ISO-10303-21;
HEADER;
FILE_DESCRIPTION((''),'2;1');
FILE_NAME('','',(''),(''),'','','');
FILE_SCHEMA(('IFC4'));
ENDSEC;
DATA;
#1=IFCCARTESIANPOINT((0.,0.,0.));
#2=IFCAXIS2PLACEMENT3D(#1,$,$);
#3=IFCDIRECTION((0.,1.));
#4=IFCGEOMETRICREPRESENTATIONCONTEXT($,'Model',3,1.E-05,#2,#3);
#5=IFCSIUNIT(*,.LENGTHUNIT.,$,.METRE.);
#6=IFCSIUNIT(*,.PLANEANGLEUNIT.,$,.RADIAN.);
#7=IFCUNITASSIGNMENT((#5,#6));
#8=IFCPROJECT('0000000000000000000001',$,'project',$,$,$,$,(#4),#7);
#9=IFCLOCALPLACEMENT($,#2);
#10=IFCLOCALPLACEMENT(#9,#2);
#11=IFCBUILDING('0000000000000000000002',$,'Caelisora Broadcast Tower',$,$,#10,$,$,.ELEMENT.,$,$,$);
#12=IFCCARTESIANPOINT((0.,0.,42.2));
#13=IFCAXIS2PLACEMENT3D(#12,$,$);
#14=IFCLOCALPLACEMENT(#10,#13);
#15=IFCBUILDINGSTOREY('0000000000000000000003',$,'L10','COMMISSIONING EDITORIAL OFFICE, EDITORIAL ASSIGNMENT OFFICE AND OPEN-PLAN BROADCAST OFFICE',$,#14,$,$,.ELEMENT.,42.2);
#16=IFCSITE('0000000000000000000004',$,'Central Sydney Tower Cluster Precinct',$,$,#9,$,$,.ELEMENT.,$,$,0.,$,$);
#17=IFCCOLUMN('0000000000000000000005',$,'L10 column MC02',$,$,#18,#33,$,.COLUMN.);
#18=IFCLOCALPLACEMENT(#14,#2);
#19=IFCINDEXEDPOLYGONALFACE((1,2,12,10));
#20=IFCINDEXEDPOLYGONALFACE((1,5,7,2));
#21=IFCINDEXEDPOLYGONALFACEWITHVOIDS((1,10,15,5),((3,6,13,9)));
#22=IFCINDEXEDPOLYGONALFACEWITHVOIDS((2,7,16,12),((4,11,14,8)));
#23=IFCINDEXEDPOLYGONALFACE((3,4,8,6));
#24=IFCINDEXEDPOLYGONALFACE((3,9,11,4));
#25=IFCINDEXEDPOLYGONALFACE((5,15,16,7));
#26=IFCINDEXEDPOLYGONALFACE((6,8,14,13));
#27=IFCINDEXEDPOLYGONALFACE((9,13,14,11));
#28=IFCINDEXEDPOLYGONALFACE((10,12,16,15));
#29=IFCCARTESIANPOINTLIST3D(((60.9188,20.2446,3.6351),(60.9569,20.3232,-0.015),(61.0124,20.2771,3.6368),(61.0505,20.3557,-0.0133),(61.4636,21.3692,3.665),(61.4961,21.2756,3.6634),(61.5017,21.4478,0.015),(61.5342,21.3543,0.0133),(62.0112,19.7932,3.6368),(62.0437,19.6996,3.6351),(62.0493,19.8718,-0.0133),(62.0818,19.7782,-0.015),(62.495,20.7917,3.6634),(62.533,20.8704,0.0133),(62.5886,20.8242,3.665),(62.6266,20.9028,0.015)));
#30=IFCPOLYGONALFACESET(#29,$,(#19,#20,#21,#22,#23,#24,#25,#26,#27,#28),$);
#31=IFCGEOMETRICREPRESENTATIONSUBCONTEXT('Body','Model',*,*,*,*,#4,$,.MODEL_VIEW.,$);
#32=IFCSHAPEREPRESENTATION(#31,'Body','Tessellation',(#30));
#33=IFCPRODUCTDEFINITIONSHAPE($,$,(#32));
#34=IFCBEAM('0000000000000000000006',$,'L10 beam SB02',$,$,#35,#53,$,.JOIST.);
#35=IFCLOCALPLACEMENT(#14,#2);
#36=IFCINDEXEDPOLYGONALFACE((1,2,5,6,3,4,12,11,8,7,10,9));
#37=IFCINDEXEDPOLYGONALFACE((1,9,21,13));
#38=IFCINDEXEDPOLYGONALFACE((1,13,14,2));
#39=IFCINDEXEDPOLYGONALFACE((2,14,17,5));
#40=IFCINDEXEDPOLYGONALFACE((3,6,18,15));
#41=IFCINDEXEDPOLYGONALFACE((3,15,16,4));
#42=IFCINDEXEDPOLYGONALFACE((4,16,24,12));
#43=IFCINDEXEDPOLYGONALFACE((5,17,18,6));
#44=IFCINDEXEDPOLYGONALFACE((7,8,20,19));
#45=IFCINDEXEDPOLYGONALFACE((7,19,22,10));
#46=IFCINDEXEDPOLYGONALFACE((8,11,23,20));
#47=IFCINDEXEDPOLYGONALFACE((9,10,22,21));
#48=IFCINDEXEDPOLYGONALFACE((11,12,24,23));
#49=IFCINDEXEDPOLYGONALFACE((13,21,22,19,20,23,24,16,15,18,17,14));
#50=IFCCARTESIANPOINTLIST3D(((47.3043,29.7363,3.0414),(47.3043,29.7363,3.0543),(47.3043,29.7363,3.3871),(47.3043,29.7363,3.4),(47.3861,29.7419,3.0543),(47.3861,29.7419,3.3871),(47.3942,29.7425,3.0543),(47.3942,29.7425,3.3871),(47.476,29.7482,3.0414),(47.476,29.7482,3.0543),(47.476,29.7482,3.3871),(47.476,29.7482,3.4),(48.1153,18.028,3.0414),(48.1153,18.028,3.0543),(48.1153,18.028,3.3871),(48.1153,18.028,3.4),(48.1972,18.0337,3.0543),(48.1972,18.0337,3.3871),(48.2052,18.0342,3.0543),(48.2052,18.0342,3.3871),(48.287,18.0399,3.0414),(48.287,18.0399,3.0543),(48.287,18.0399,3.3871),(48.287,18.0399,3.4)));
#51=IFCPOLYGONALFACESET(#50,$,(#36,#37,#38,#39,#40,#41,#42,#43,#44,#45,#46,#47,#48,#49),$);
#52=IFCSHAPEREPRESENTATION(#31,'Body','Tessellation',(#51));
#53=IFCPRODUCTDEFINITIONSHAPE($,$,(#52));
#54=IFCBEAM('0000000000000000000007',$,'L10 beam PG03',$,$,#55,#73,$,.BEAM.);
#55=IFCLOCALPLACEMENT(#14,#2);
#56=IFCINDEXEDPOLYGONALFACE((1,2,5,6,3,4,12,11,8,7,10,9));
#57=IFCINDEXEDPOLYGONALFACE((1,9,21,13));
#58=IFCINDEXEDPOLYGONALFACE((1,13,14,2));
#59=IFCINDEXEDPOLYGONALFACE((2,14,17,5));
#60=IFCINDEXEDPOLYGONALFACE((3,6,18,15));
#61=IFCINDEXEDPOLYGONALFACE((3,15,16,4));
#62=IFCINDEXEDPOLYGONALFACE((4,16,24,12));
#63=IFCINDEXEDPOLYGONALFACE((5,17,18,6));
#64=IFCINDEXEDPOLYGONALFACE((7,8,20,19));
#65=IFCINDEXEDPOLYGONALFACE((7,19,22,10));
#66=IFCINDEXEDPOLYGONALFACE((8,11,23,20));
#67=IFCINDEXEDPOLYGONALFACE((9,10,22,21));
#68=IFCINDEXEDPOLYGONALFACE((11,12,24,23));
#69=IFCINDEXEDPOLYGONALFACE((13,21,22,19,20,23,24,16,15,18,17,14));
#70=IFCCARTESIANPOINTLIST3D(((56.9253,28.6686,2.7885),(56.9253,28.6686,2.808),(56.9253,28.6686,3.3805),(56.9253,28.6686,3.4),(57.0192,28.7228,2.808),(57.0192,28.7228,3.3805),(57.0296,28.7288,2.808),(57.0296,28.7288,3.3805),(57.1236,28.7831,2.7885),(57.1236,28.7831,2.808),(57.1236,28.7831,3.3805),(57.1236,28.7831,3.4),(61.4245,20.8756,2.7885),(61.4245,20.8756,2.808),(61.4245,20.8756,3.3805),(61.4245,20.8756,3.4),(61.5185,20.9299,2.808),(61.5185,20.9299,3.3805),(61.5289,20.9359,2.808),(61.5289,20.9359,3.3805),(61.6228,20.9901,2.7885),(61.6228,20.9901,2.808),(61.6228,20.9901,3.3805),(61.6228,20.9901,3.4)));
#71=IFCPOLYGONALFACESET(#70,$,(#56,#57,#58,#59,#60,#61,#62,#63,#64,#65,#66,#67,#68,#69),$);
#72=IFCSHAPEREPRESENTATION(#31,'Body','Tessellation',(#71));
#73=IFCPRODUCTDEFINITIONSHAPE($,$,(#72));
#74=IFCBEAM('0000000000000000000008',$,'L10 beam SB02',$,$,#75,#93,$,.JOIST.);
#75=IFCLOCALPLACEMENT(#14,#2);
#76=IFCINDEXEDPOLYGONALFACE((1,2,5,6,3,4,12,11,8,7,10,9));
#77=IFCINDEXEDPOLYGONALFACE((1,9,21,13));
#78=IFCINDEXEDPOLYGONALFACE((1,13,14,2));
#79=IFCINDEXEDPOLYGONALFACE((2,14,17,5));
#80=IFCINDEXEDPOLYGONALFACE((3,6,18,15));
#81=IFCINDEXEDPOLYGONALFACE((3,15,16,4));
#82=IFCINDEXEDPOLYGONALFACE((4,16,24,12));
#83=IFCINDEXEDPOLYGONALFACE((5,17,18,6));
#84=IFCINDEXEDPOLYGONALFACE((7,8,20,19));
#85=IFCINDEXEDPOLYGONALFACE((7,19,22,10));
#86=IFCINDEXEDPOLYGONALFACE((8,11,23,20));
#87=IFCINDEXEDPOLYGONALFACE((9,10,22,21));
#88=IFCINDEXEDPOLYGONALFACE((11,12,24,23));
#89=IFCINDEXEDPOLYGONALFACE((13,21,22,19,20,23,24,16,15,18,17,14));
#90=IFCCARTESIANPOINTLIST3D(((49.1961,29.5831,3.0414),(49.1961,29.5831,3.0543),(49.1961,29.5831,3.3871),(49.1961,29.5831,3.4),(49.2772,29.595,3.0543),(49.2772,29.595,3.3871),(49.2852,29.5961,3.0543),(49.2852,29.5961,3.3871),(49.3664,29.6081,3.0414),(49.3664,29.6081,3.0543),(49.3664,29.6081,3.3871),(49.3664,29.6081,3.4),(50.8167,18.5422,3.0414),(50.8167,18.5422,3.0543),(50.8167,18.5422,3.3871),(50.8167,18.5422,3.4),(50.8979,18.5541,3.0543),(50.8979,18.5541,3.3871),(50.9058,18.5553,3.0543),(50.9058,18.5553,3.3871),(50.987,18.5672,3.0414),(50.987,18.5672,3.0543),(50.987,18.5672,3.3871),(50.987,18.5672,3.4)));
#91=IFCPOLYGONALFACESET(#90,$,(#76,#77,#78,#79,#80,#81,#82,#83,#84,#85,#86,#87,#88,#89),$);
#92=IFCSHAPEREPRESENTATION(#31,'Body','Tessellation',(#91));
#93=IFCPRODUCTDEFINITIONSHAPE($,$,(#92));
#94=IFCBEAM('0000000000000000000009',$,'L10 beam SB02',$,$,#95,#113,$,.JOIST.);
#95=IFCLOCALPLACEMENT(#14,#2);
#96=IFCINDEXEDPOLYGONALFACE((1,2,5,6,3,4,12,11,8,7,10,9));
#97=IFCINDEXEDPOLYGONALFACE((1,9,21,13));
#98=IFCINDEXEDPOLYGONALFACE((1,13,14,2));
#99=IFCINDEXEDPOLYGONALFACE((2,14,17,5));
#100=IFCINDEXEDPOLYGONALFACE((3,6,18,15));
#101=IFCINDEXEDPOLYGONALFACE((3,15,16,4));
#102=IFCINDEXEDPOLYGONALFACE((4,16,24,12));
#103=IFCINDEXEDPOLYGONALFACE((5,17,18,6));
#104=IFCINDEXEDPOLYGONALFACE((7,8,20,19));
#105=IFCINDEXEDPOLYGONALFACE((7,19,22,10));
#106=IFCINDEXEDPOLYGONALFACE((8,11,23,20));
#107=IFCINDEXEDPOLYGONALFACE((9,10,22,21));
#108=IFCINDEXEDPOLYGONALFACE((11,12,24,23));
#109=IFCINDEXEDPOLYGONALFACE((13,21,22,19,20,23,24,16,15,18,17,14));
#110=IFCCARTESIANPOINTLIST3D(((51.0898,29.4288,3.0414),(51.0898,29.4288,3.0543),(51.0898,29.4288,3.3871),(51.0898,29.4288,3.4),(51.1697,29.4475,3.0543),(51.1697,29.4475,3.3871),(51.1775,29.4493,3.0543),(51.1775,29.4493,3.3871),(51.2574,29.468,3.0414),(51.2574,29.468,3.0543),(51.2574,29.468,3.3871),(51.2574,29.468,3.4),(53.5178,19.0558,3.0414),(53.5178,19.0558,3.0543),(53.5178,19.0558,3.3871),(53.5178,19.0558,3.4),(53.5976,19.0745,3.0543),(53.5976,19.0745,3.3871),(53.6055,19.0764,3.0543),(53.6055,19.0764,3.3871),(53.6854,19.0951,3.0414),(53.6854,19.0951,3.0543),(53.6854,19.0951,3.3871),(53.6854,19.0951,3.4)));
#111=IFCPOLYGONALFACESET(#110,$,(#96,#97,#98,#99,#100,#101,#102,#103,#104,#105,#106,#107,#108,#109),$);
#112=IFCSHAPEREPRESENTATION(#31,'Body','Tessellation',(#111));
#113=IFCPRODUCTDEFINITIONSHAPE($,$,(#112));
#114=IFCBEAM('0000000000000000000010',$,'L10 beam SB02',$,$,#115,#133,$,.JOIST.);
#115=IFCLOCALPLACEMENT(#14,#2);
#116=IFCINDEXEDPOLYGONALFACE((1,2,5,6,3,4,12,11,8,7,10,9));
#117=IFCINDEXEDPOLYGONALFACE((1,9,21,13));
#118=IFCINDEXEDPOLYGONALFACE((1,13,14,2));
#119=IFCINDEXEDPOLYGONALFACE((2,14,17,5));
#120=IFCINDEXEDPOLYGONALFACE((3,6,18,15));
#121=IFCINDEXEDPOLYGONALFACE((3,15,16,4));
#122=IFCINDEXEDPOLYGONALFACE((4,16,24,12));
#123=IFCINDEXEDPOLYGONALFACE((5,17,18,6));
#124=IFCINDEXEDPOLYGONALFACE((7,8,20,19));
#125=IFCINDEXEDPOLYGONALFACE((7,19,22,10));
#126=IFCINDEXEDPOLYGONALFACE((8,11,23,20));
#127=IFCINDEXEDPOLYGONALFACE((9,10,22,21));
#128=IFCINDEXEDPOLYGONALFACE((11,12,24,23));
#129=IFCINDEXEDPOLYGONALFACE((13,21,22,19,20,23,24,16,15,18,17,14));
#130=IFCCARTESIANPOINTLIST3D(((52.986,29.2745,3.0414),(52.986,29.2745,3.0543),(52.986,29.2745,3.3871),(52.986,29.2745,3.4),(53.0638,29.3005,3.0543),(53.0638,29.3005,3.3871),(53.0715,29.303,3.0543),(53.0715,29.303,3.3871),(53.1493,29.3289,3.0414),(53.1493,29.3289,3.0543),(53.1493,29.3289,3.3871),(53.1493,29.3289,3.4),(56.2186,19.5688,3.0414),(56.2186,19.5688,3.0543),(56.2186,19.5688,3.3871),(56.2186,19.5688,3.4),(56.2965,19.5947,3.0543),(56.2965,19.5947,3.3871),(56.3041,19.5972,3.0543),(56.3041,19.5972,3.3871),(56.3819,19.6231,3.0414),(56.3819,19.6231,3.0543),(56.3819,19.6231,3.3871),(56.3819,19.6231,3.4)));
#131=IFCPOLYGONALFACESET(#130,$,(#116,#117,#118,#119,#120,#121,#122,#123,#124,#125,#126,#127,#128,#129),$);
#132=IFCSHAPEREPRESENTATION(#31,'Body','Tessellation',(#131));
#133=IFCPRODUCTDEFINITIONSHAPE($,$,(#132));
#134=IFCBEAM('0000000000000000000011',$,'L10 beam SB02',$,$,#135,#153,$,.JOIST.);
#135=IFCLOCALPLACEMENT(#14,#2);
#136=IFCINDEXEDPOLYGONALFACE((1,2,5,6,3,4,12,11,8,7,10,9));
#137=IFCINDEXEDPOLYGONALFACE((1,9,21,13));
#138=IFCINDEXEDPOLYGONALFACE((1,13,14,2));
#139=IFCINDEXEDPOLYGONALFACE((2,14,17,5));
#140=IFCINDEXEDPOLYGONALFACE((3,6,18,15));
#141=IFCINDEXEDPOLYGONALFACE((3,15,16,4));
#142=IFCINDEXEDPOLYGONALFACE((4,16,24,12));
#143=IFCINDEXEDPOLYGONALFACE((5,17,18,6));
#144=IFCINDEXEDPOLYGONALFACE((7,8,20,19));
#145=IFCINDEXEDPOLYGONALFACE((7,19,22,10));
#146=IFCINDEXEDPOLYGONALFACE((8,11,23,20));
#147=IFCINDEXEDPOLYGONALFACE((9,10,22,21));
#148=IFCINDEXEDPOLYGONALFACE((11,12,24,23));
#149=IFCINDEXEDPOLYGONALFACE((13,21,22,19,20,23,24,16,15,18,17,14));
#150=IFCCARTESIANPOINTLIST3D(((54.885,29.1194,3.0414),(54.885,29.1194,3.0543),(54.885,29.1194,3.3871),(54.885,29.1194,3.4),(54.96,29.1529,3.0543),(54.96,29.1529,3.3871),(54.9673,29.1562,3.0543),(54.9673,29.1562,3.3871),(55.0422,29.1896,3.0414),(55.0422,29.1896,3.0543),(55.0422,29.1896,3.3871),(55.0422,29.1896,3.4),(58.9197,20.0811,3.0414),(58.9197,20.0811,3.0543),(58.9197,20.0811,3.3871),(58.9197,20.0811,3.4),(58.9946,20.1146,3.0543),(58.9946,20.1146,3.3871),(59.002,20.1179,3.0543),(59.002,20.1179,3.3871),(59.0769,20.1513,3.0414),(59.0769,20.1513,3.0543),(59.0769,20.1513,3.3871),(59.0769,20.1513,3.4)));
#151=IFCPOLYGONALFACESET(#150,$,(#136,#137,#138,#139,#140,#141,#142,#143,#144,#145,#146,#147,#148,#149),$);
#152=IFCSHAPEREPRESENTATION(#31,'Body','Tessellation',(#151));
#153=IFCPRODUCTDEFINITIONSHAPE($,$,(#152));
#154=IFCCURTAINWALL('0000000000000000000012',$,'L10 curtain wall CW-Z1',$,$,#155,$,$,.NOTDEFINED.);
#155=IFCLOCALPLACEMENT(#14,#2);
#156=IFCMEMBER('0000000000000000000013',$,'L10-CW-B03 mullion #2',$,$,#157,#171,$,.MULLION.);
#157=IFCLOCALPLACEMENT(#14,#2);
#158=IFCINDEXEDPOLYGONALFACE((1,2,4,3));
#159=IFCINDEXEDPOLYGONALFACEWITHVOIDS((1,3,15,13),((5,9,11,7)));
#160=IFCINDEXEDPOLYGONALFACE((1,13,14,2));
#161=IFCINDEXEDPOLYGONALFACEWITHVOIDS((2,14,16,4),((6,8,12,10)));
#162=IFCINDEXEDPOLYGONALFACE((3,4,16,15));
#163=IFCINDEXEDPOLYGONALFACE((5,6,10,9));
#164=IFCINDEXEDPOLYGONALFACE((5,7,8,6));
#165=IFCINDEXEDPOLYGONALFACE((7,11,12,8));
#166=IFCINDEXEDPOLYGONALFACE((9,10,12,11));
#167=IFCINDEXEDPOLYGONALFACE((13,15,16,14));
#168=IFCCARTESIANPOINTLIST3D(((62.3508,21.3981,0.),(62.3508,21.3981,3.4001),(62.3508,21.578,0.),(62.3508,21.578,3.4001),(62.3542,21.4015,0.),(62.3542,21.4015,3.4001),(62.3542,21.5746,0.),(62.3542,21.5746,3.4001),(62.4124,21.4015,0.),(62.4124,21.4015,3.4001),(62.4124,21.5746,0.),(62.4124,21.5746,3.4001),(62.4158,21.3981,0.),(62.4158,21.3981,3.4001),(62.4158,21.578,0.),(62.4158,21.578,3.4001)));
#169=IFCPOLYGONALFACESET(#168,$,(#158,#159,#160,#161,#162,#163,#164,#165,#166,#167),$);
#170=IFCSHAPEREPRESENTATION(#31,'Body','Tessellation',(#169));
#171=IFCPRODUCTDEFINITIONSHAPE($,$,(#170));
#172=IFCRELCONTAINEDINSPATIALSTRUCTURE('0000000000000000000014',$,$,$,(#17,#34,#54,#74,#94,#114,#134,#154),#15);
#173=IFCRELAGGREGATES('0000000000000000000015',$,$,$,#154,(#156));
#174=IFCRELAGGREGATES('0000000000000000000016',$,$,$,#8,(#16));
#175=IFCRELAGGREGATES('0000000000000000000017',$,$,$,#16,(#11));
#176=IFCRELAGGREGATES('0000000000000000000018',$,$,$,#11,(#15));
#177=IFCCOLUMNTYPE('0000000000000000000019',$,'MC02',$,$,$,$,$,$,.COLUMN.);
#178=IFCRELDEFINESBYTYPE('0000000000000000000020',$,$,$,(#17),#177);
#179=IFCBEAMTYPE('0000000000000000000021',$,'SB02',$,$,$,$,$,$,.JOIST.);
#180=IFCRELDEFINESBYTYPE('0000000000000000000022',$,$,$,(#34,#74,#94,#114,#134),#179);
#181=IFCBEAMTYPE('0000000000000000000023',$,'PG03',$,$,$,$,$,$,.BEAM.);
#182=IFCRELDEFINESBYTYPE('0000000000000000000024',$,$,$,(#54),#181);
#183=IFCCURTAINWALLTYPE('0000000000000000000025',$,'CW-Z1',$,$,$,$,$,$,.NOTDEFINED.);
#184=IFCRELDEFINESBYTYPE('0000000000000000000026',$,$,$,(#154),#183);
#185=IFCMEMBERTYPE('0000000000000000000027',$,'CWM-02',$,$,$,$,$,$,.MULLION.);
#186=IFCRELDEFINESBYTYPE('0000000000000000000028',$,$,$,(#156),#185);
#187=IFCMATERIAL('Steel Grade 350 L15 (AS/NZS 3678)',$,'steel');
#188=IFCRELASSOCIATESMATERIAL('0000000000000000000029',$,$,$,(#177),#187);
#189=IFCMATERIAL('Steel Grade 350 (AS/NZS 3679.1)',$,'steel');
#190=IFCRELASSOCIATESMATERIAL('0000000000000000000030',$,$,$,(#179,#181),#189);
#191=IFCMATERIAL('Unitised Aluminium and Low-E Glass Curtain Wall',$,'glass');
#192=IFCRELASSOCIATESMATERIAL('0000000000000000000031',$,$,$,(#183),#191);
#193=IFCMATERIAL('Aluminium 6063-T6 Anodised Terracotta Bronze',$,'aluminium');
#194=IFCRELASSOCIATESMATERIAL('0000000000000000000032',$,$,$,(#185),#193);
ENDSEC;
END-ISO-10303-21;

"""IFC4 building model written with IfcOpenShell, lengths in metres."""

from ifc_helpers import new_model, si_unit, direction, frame, origin, origin_2d, place, context, subcontext, project, spatial, hollow_rectangle, i_section, extrude, source, transform, mapped, material, material_profile, profile_set, type_object, type_shapes, element, aggregate, save


model = new_model("IFC4")

# Units and contexts
model_context = context("Model", 3, precision=1e-05, world=origin(), true_north=direction((0.0, 1.0)))
body_context = subcontext(model_context, "Body", "Model", "MODEL_VIEW")
ifc_project = project(units=[si_unit("LENGTHUNIT", "METRE"), si_unit("PLANEANGLEUNIT", "RADIAN")], contexts=[model_context])

# Site, building, storey
site_placement = place(None, origin())
site = spatial("IfcSite", under=ifc_project, at=site_placement, Name="Central Sydney Tower Cluster Precinct", CompositionType="ELEMENT", RefElevation=0.0)
building_placement = place(site_placement, origin())
building = spatial("IfcBuilding", under=site, at=building_placement, Name="Caelisora Broadcast Tower", CompositionType="ELEMENT")
storey_placement = place(building_placement, frame((0.0, 0.0, 42.2)))
storey = spatial("IfcBuildingStorey", under=building, at=storey_placement, Name="L10", Description="COMMISSIONING EDITORIAL OFFICE, EDITORIAL ASSIGNMENT OFFICE AND OPEN-PLAN BROADCAST OFFICE", CompositionType="ELEMENT", Elevation=42.2)

# Column
ifc_material_1 = material(Name="Steel Grade 350 L15 (AS/NZS 3678)", Category="steel")
ifc_material_profile_1 = material_profile(ifc_material_1, hollow_rectangle(XDim=1.25, YDim=1.25, WallThickness=0.0701, at=origin_2d()), Name="Steel Grade 350 L15 (AS/NZS 3678)")
ifc_profile_set_1 = profile_set([ifc_material_profile_1], Name="Steel Grade 350 L15 (AS/NZS 3678)")
column_type = type_object("IfcColumnType", Name="MC02", PredefinedType="COLUMN", material=ifc_profile_set_1)
shared_shape_1 = source(origin(), body_context, "Body", "SweptSolid", [
    extrude(hollow_rectangle(XDim=1.25, YDim=1.25, WallThickness=0.0701, at=origin_2d()), origin(), (0.0, 0.0, 1.0), 3.6511),
])
type_shapes(column_type, [shared_shape_1])
column_placement = place(storey_placement, frame((61.7917, 20.613, 0.0), z_axis=(-0.010431, -0.021531, 0.999714), x_axis=(0.899947, -0.435999, 0.0)))
element("IfcColumn", 1, at=column_placement, inside=storey, type_object=column_type, Name="L10 column MC02", PredefinedType="COLUMN", context=body_context, shape_type="MappedRepresentation", body=[
    mapped(shared_shape_1, transform((0.0, 0.0, 0.0), scale=1.0)),
])

# Beams
ifc_material_2 = material(Name="Steel Grade 350 (AS/NZS 3679.1)", Category="steel")
ifc_material_profile_2 = material_profile(ifc_material_2, i_section(OverallWidth=0.1721, OverallDepth=0.3586, WebThickness=0.0081, FlangeThickness=0.0129, at=origin_2d()), Name="Steel Grade 350 (AS/NZS 3679.1)")
ifc_profile_set_2 = profile_set([ifc_material_profile_2], Name="Steel Grade 350 (AS/NZS 3679.1)")
beam_type_1 = type_object("IfcBeamType", Name="SB02", PredefinedType="JOIST", material=ifc_profile_set_2)
shared_shape_2 = source(origin(), body_context, "Body", "SweptSolid", [
    extrude(i_section(OverallWidth=0.1721, OverallDepth=0.3586, WebThickness=0.0081, FlangeThickness=0.0129, at=origin_2d()), origin(), (0.0, 0.0, 1.0), 11.7363),
])
beam_1_placement = place(storey_placement, frame((48.2012, 18.0339, 3.2207), z_axis=(-0.069105, 0.997609, 0.0), x_axis=(-0.997609, -0.069105, 0.0)))
element("IfcBeam", 2, at=beam_1_placement, inside=storey, type_object=beam_type_1, Name="L10 beam SB02", PredefinedType="JOIST", context=body_context, shape_type="MappedRepresentation", body=[
    mapped(shared_shape_2, transform((0.0, 0.0, 0.0), scale=1.0)),
])
ifc_material_profile_3 = material_profile(ifc_material_2, i_section(OverallWidth=0.229, OverallDepth=0.6116, WebThickness=0.012, FlangeThickness=0.0195, at=origin_2d()), Name="Steel Grade 350 (AS/NZS 3679.1)")
ifc_profile_set_3 = profile_set([ifc_material_profile_3], Name="Steel Grade 350 (AS/NZS 3679.1)")
beam_type_2 = type_object("IfcBeamType", Name="PG03", PredefinedType="BEAM", material=ifc_profile_set_3)
shared_shape_3 = source(origin(), body_context, "Body", "SweptSolid", [
    extrude(i_section(OverallWidth=0.229, OverallDepth=0.6116, WebThickness=0.012, FlangeThickness=0.0195, at=origin_2d()), origin(), (0.0, 0.0, 1.0), 8.9985),
])
type_shapes(beam_type_2, [shared_shape_3])
beam_2_placement = place(storey_placement, frame((61.5237, 20.9329, 3.0942), z_axis=(-0.5, 0.866026, 0.0), x_axis=(-0.866026, -0.5, 0.0)))
element("IfcBeam", 3, at=beam_2_placement, inside=storey, type_object=beam_type_2, Name="L10 beam PG03", PredefinedType="BEAM", context=body_context, shape_type="MappedRepresentation", body=[
    mapped(shared_shape_3, transform((0.0, 0.0, 0.0), scale=1.0)),
])
shared_shape_4 = source(origin(), body_context, "Body", "SweptSolid", [
    extrude(i_section(OverallWidth=0.1721, OverallDepth=0.3586, WebThickness=0.0081, FlangeThickness=0.0129, at=origin_2d()), origin(), (0.0, 0.0, 1.0), 11.1592),
])
beam_3_placement = place(storey_placement, frame((50.9019, 18.5547, 3.2207), z_axis=(-0.145228, 0.989398, 0.0), x_axis=(-0.989398, -0.145228, 0.0)))
element("IfcBeam", 4, at=beam_3_placement, inside=storey, type_object=beam_type_1, Name="L10 beam SB02", PredefinedType="JOIST", context=body_context, shape_type="MappedRepresentation", body=[
    mapped(shared_shape_4, transform((0.0, 0.0, 0.0), scale=1.0)),
])
shared_shape_5 = source(origin(), body_context, "Body", "SweptSolid", [
    extrude(i_section(OverallWidth=0.1721, OverallDepth=0.3586, WebThickness=0.0081, FlangeThickness=0.0129, at=origin_2d()), origin(), (0.0, 0.0, 1.0), 10.6533),
])
beam_4_placement = place(storey_placement, frame((53.6016, 19.0754, 3.2207), z_axis=(-0.227906, 0.973683, 0.0), x_axis=(-0.973683, -0.227906, 0.0)))
element("IfcBeam", 5, at=beam_4_placement, inside=storey, type_object=beam_type_1, Name="L10 beam SB02", PredefinedType="JOIST", context=body_context, shape_type="MappedRepresentation", body=[
    mapped(shared_shape_5, transform((0.0, 0.0, 0.0), scale=1.0)),
])
shared_shape_6 = source(origin(), body_context, "Body", "SweptSolid", [
    extrude(i_section(OverallWidth=0.1721, OverallDepth=0.3586, WebThickness=0.0081, FlangeThickness=0.0129, at=origin_2d()), origin(), (0.0, 0.0, 1.0), 10.23),
])
beam_5_placement = place(storey_placement, frame((56.3003, 19.5959, 3.2207), z_axis=(-0.315999, 0.94876, 0.0), x_axis=(-0.94876, -0.315999, 0.0)))
element("IfcBeam", 6, at=beam_5_placement, inside=storey, type_object=beam_type_1, Name="L10 beam SB02", PredefinedType="JOIST", context=body_context, shape_type="MappedRepresentation", body=[
    mapped(shared_shape_6, transform((0.0, 0.0, 0.0), scale=1.0)),
])
shared_shape_7 = source(origin(), body_context, "Body", "SweptSolid", [
    extrude(i_section(OverallWidth=0.1721, OverallDepth=0.3586, WebThickness=0.0081, FlangeThickness=0.0129, at=origin_2d()), origin(), (0.0, 0.0, 1.0), 9.8979),
])
type_shapes(beam_type_1, [shared_shape_2, shared_shape_4, shared_shape_5, shared_shape_6, shared_shape_7])
beam_6_placement = place(storey_placement, frame((58.9983, 20.1162, 3.2207), z_axis=(-0.407625, 0.913149, 0.0), x_axis=(-0.913149, -0.407625, 0.0)))
element("IfcBeam", 7, at=beam_6_placement, inside=storey, type_object=beam_type_1, Name="L10 beam SB02", PredefinedType="JOIST", context=body_context, shape_type="MappedRepresentation", body=[
    mapped(shared_shape_7, transform((0.0, 0.0, 0.0), scale=1.0)),
])

# Curtain wall, member
ifc_material_3 = material(Name="Unitised Aluminium and Low-E Glass Curtain Wall", Category="glass")
curtain_wall_type = type_object("IfcCurtainWallType", Name="CW-Z1", PredefinedType="NOTDEFINED", material=ifc_material_3)
curtain_wall_placement = place(storey_placement, origin())
curtain_wall = element("IfcCurtainWall", 8, at=curtain_wall_placement, inside=storey, type_object=curtain_wall_type, Name="L10 curtain wall CW-Z1", PredefinedType="NOTDEFINED")
ifc_material_4 = material(Name="Aluminium 6063-T6 Anodised Terracotta Bronze", Category="aluminium")
ifc_material_profile_4 = material_profile(ifc_material_4, hollow_rectangle(XDim=0.0649, YDim=0.1799, WallThickness=0.0034, at=origin_2d()), Name="Aluminium 6063-T6 Anodised Terracotta Bronze")
ifc_profile_set_4 = profile_set([ifc_material_profile_4], Name="Aluminium 6063-T6 Anodised Terracotta Bronze")
member_type = type_object("IfcMemberType", Name="CWM-02", PredefinedType="MULLION", material=ifc_profile_set_4)
shared_shape_8 = source(origin(), body_context, "Body", "SweptSolid", [
    extrude(hollow_rectangle(XDim=0.0649, YDim=0.1799, WallThickness=0.0034, at=origin_2d()), origin(), (0.0, 0.0, 1.0), 3.4001),
])
type_shapes(member_type, [shared_shape_8])
member_1_placement = place(storey_placement, frame((62.3833, 21.488, 0.0), z_axis=(0.0, 0.0, 1.0), x_axis=(1.0, 0.0, 0.0)))
member_1 = element("IfcMember", 9, at=member_1_placement, type_object=member_type, Name="L10-CW-B03 mullion #2", PredefinedType="MULLION", context=body_context, shape_type="MappedRepresentation", body=[
    mapped(shared_shape_8, transform((0.0, 0.0, 0.0), scale=1.0)),
])
aggregate(curtain_wall, [member_1])

save(model, "model.ifc")
